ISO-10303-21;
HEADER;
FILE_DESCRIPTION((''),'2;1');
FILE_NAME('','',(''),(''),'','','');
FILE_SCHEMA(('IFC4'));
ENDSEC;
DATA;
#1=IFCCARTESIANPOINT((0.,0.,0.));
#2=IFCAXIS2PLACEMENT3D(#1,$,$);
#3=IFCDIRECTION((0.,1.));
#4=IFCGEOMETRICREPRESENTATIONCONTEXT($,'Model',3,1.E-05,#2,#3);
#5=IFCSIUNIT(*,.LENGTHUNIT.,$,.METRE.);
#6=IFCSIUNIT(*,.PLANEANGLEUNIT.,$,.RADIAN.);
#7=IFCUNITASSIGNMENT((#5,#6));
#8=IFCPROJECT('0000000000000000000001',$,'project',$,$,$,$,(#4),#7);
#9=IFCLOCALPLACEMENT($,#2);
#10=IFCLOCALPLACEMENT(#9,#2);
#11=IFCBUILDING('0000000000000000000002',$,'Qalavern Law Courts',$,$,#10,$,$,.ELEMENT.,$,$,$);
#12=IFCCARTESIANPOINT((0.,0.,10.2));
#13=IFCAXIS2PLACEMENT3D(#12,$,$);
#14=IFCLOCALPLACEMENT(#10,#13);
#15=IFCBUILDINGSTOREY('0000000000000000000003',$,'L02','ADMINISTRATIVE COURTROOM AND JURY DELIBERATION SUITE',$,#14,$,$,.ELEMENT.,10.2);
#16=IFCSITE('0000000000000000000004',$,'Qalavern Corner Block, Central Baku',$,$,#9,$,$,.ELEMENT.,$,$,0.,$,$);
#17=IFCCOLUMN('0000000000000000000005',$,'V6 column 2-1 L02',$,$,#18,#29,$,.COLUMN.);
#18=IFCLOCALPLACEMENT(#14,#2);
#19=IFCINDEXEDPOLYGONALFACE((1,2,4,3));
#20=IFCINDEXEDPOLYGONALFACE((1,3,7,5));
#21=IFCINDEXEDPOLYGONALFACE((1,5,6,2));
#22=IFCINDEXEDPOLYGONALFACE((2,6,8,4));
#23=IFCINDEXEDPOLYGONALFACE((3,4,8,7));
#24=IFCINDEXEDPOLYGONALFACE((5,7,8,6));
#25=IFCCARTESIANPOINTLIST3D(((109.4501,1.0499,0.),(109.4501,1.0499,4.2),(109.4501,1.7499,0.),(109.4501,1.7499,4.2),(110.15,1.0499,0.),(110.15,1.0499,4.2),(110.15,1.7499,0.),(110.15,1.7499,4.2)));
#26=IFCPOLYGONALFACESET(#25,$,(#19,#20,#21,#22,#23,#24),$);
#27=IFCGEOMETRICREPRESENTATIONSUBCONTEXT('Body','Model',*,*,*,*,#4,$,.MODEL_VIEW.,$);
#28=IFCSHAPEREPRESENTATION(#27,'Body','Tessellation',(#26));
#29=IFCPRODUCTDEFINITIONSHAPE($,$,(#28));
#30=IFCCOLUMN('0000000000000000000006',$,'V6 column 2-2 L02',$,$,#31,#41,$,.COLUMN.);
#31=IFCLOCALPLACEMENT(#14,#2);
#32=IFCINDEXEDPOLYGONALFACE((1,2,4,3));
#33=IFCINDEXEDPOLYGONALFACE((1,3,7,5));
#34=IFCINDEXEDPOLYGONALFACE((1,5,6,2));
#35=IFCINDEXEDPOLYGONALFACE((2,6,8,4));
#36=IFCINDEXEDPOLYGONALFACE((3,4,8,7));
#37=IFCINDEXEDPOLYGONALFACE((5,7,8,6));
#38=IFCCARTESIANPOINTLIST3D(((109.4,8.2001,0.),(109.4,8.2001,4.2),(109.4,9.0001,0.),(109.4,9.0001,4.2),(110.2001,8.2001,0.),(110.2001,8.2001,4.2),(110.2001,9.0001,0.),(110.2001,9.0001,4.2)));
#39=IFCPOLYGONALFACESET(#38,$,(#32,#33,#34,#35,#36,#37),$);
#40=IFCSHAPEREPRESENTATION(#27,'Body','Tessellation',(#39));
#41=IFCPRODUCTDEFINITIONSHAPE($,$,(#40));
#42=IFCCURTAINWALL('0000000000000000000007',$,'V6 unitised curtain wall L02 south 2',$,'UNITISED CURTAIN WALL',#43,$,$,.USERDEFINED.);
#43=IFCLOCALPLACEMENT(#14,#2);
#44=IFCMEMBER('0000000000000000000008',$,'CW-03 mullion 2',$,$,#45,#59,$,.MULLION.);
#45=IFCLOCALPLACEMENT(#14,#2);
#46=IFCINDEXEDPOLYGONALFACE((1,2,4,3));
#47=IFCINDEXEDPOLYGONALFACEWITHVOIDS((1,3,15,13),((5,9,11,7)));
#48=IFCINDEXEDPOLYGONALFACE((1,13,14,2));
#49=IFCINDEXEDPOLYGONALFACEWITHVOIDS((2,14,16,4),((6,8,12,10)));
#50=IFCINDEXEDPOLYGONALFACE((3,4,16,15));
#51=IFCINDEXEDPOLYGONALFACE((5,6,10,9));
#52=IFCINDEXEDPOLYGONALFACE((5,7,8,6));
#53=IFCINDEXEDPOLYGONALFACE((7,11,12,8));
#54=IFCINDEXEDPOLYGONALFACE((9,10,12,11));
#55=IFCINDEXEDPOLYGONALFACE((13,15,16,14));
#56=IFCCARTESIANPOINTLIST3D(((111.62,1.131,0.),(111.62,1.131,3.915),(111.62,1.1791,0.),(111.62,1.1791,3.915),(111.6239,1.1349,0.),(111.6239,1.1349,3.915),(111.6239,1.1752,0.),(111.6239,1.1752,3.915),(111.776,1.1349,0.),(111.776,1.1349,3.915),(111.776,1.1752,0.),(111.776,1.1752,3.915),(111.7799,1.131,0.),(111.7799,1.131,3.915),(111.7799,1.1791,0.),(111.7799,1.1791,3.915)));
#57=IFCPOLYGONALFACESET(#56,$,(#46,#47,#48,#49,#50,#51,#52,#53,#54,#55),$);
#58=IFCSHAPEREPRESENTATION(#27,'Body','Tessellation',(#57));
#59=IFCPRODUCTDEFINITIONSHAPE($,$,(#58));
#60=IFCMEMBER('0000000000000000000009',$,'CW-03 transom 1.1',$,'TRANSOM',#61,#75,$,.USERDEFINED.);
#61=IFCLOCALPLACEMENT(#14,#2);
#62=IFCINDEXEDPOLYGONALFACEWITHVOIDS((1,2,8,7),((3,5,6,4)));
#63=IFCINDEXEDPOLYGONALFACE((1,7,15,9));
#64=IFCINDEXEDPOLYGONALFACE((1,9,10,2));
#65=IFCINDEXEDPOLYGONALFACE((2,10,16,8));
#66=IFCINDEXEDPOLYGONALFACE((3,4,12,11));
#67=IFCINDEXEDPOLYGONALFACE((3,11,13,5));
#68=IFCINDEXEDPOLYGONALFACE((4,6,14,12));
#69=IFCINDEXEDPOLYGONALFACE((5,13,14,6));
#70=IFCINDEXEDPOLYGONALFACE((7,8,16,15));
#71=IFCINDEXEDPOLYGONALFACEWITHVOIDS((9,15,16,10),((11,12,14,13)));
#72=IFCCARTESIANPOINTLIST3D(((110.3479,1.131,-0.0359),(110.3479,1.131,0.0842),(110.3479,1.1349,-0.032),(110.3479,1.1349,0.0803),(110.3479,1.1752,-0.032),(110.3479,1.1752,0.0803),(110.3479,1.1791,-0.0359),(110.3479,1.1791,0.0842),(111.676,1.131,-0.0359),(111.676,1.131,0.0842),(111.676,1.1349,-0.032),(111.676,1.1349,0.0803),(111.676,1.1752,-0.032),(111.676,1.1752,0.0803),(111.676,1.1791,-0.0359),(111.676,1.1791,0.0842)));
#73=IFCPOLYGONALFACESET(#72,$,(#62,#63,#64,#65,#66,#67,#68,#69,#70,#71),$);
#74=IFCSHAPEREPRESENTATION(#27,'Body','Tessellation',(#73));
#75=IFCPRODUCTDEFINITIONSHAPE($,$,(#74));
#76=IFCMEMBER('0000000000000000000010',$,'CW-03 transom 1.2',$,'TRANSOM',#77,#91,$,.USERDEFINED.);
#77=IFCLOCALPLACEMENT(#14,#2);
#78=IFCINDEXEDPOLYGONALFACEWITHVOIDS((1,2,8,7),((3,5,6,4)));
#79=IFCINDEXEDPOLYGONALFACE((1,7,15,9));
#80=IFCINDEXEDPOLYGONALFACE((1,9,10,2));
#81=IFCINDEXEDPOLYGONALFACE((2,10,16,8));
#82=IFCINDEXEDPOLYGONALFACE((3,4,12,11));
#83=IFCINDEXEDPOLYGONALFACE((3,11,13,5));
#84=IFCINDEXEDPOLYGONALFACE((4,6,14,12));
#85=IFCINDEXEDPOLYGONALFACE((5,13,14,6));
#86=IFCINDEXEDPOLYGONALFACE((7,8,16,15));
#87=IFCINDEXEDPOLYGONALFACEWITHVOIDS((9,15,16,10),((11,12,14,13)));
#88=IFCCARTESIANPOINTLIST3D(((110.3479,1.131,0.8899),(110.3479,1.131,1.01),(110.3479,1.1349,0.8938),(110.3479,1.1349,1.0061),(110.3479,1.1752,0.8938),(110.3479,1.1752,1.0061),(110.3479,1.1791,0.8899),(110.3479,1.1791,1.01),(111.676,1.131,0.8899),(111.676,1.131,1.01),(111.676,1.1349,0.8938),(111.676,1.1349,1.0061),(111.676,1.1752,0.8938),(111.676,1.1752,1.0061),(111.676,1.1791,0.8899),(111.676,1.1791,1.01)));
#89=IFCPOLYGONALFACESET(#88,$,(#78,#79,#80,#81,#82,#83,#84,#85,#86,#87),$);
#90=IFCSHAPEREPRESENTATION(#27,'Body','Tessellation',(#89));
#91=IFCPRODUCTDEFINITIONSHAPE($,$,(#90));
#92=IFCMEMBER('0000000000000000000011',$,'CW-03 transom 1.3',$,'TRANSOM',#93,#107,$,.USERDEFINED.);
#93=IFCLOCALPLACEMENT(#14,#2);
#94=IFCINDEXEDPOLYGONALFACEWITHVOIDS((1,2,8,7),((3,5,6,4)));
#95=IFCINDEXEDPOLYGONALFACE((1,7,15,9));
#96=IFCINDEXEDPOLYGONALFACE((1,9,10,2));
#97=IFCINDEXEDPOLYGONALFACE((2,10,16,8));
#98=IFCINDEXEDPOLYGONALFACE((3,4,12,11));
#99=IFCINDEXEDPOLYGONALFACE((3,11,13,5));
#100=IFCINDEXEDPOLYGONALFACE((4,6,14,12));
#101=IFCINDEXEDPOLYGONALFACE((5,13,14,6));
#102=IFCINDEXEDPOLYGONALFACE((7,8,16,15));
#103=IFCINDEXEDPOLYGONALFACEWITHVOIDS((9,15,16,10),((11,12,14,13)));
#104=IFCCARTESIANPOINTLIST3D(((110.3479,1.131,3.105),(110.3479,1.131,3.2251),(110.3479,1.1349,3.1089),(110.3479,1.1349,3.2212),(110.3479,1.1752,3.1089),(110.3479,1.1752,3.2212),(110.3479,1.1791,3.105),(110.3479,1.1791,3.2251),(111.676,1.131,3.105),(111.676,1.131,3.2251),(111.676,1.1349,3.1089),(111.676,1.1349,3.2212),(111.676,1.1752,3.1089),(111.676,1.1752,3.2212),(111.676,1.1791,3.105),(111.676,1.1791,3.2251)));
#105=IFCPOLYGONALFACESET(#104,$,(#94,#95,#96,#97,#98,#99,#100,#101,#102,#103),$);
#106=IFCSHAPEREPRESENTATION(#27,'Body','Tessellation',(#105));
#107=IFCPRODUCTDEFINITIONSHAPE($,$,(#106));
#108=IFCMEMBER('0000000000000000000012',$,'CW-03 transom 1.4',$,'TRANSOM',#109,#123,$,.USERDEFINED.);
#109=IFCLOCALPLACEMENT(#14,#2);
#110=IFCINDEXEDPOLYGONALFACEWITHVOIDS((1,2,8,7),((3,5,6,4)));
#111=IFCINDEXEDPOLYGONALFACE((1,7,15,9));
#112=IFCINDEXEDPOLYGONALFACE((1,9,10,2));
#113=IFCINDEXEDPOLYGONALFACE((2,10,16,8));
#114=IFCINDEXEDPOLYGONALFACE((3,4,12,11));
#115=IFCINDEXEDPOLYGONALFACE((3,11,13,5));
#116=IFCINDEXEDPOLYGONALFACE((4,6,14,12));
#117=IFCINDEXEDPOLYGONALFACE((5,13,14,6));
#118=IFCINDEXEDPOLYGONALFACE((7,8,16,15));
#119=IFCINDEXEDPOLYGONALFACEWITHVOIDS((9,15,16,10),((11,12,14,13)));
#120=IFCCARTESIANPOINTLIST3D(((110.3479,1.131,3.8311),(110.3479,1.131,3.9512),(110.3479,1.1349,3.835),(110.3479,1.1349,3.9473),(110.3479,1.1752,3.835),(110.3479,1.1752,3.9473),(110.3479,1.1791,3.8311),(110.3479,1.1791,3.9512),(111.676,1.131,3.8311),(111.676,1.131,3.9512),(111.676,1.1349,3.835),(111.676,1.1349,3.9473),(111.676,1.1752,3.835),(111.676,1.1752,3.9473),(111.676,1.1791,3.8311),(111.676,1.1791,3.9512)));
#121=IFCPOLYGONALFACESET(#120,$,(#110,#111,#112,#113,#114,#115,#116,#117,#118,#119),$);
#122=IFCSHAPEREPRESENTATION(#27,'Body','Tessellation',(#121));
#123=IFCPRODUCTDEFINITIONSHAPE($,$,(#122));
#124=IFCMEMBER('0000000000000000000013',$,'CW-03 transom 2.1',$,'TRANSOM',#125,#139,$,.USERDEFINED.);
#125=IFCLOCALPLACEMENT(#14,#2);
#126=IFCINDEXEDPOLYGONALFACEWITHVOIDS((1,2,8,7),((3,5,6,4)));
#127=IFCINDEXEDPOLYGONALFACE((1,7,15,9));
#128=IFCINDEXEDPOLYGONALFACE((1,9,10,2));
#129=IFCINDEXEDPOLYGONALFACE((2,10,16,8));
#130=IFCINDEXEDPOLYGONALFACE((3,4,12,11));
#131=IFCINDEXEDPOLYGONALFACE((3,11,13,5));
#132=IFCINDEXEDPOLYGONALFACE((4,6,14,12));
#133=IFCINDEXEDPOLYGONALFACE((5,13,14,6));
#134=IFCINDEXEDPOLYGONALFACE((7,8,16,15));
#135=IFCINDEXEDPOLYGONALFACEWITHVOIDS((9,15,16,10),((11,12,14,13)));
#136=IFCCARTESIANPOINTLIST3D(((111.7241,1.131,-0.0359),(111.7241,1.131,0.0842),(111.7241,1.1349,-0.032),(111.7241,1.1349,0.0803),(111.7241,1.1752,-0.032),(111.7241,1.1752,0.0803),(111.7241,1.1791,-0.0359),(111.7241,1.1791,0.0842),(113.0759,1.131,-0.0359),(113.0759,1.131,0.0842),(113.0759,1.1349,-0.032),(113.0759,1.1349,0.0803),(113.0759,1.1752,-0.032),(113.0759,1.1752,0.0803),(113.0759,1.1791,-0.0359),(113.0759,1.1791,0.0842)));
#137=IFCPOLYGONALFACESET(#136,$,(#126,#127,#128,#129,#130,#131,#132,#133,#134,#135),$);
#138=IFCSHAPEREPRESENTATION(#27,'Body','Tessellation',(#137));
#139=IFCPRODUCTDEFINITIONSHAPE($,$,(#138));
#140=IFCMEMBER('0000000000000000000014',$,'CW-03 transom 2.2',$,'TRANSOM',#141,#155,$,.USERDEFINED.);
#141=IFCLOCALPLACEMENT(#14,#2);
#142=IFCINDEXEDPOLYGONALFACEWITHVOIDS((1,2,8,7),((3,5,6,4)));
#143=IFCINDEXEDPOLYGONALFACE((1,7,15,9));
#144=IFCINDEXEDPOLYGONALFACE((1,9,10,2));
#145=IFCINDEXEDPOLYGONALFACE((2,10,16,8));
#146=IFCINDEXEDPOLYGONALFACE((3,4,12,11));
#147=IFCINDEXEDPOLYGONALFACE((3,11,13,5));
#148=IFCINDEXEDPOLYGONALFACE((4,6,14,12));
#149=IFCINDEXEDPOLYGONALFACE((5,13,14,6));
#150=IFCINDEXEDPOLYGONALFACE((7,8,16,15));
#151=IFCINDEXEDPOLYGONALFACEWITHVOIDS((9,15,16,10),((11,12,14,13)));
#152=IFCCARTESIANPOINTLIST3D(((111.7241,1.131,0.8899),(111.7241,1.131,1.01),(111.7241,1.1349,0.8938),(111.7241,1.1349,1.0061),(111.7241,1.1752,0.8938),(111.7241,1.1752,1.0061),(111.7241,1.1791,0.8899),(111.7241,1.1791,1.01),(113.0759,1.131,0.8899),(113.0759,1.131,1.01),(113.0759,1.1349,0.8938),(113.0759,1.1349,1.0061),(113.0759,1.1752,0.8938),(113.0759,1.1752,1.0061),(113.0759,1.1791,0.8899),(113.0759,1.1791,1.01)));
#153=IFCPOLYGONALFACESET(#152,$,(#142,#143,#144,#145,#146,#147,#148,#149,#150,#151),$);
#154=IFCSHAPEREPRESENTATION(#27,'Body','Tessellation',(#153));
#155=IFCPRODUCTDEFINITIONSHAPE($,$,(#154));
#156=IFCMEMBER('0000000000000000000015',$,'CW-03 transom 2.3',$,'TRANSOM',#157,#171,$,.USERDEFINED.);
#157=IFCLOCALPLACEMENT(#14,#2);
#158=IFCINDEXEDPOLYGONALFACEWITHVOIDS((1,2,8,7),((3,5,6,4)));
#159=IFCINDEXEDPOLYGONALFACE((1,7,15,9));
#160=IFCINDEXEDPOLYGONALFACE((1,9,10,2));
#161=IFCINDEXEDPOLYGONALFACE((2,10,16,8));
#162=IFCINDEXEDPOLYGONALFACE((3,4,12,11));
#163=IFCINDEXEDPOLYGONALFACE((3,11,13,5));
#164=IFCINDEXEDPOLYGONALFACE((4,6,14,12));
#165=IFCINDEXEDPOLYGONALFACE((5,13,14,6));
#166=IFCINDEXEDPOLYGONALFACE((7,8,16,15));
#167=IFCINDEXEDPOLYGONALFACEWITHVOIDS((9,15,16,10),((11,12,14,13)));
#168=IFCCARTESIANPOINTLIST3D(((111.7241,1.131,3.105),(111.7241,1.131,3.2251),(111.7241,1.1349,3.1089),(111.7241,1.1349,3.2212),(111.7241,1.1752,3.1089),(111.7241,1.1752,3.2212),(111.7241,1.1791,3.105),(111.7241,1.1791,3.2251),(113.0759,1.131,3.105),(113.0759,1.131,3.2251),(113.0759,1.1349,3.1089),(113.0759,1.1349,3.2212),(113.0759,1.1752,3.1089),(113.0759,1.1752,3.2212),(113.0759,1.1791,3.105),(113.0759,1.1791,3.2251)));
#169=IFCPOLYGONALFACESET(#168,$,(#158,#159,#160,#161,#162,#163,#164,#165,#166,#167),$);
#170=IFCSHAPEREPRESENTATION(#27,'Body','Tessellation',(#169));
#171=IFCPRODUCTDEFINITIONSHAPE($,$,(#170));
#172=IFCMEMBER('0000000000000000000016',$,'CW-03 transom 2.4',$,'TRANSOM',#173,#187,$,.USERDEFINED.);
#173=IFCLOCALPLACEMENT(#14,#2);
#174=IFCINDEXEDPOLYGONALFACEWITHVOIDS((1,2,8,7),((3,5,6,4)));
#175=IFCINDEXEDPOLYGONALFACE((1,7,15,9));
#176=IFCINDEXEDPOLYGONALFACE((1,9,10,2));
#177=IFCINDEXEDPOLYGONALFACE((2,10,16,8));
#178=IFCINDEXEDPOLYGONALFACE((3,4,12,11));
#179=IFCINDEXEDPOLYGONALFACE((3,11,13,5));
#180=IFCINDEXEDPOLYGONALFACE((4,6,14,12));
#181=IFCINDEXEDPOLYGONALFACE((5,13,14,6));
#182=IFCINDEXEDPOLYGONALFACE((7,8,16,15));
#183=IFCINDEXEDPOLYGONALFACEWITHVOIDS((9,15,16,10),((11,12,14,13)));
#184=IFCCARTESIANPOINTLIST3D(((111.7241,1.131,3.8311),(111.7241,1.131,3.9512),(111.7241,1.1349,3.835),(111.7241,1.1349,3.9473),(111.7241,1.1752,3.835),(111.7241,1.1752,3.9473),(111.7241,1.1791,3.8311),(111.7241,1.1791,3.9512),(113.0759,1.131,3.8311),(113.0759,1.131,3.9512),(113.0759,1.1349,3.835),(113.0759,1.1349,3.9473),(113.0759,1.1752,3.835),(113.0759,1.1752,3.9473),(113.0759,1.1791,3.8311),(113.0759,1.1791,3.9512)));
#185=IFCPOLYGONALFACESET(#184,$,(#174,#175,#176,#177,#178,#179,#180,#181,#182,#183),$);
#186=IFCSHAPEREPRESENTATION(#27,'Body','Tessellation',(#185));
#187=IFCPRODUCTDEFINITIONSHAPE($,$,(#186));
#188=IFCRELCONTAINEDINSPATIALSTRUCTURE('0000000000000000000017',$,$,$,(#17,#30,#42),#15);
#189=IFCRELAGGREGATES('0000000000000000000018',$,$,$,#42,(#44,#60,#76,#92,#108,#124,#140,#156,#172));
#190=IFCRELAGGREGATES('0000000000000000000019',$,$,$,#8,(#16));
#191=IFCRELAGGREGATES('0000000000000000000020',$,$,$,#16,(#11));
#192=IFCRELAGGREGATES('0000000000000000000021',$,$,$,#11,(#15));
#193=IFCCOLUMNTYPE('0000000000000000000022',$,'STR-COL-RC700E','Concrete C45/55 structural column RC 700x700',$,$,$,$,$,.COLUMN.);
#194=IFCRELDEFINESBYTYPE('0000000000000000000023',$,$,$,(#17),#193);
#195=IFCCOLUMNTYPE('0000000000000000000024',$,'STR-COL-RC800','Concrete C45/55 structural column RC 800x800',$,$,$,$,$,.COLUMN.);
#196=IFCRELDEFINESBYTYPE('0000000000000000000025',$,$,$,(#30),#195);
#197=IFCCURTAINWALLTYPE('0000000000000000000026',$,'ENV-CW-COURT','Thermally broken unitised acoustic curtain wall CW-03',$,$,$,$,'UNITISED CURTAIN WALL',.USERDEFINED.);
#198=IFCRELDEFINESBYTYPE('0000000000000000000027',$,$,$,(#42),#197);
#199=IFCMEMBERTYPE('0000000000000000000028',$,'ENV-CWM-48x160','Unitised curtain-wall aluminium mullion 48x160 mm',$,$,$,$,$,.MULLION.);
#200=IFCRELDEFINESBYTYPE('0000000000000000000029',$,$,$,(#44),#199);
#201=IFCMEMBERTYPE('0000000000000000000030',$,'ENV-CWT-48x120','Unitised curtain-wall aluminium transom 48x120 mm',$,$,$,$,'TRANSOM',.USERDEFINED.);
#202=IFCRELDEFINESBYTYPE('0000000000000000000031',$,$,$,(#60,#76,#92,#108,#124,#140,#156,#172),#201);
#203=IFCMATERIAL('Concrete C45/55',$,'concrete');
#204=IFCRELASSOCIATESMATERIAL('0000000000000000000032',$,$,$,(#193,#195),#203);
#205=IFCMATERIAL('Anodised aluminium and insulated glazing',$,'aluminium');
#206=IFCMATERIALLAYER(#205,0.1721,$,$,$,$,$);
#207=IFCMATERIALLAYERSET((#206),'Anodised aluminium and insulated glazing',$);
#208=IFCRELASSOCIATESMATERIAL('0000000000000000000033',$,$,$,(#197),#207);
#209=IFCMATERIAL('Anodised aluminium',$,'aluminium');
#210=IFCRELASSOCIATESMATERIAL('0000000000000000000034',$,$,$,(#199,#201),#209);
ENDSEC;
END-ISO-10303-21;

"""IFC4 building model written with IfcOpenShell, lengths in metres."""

from ifc_helpers import new_model, si_unit, direction, frame, origin, origin_2d, place, context, subcontext, project, spatial, rectangle, hollow_rectangle, extrude, material, layer, layer_set, material_profile, profile_set, type_object, element, aggregate, save


model = new_model("IFC4")

# Units and contexts
model_context = context("Model", 3, precision=1e-05, world=origin(), true_north=direction((0.0, 1.0)))
body_context = subcontext(model_context, "Body", "Model", "MODEL_VIEW")
ifc_project = project(units=[si_unit("LENGTHUNIT", "METRE"), si_unit("PLANEANGLEUNIT", "RADIAN")], contexts=[model_context])

# Site, building, storey
site_placement = place(None, origin())
site = spatial("IfcSite", under=ifc_project, at=site_placement, Name="Qalavern Corner Block, Central Baku", CompositionType="ELEMENT", RefElevation=0.0)
building_placement = place(site_placement, origin())
building = spatial("IfcBuilding", under=site, at=building_placement, Name="Qalavern Law Courts", CompositionType="ELEMENT")
storey_placement = place(building_placement, frame((0.0, 0.0, 10.2)))
storey = spatial("IfcBuildingStorey", under=building, at=storey_placement, Name="L02", Description="ADMINISTRATIVE COURTROOM AND JURY DELIBERATION SUITE", CompositionType="ELEMENT", Elevation=10.2)

# Columns
ifc_material_1 = material(Name="Concrete C45/55", Category="concrete")
ifc_material_profile_1 = material_profile(ifc_material_1, rectangle(XDim=0.7, YDim=0.7, at=origin_2d()), Name="RC 700x700")
ifc_profile_set_1 = profile_set([ifc_material_profile_1], Name="Concrete C45/55")
column_type_1 = type_object("IfcColumnType", Name="STR-COL-RC700E", Description="Concrete C45/55 structural column RC 700x700", PredefinedType="COLUMN", material=ifc_profile_set_1)
column_1_placement = place(storey_placement, frame((109.8, 1.3999, 0.0), z_axis=(0.0, 0.0, 1.0), x_axis=(1.0, 0.0, 0.0)))
element("IfcColumn", 1, at=column_1_placement, inside=storey, type_object=column_type_1, Name="V6 column 2-1 L02", PredefinedType="COLUMN", context=body_context, shape_type="SweptSolid", body=[
    extrude(rectangle(XDim=0.7, YDim=0.7, at=origin_2d()), origin(), (0.0, 0.0, 1.0), 4.2),
])
ifc_material_profile_2 = material_profile(ifc_material_1, rectangle(XDim=0.8, YDim=0.8, at=origin_2d()), Name="RC 800x800")
ifc_profile_set_2 = profile_set([ifc_material_profile_2], Name="Concrete C45/55")
column_type_2 = type_object("IfcColumnType", Name="STR-COL-RC800", Description="Concrete C45/55 structural column RC 800x800", PredefinedType="COLUMN", material=ifc_profile_set_2)
column_2_placement = place(storey_placement, frame((109.8, 8.6001, 0.0), z_axis=(0.0, 0.0, 1.0), x_axis=(1.0, 0.0, 0.0)))
element("IfcColumn", 2, at=column_2_placement, inside=storey, type_object=column_type_2, Name="V6 column 2-2 L02", PredefinedType="COLUMN", context=body_context, shape_type="SweptSolid", body=[
    extrude(rectangle(XDim=0.8, YDim=0.8, at=origin_2d()), origin(), (0.0, 0.0, 1.0), 4.2),
])

# Curtain wall, members
ifc_material_2 = material(Name="Anodised aluminium and insulated glazing", Category="aluminium")
ifc_layer_1 = layer(ifc_material_2, 0.1721)
ifc_layer_set_1 = layer_set([ifc_layer_1], Name="Anodised aluminium and insulated glazing")
curtain_wall_type = type_object("IfcCurtainWallType", Name="ENV-CW-COURT", Description="Thermally broken unitised acoustic curtain wall CW-03", ElementType="UNITISED CURTAIN WALL", PredefinedType="USERDEFINED", material=ifc_layer_set_1)
curtain_wall_placement = place(storey_placement, origin())
curtain_wall = element("IfcCurtainWall", 3, at=curtain_wall_placement, inside=storey, type_object=curtain_wall_type, Name="V6 unitised curtain wall L02 south 2", ObjectType="UNITISED CURTAIN WALL", PredefinedType="USERDEFINED")
ifc_material_3 = material(Name="Anodised aluminium", Category="aluminium")
ifc_material_profile_3 = material_profile(ifc_material_3, hollow_rectangle(XDim=0.0481, YDim=0.1599, WallThickness=0.0039, at=origin_2d()), Name="ALU MULLION 48x160")
ifc_profile_set_3 = profile_set([ifc_material_profile_3], Name="Anodised aluminium")
member_type_1 = type_object("IfcMemberType", Name="ENV-CWM-48x160", Description="Unitised curtain-wall aluminium mullion 48x160 mm", PredefinedType="MULLION", material=ifc_profile_set_3)
member_1_placement = place(storey_placement, frame((111.7, 1.155, 0.0), z_axis=(0.0, 0.0, 1.0), x_axis=(0.0, 1.0, 0.0)))
member_1 = element("IfcMember", 4, at=member_1_placement, type_object=member_type_1, Name="CW-03 mullion 2", PredefinedType="MULLION", context=body_context, shape_type="SweptSolid", body=[
    extrude(hollow_rectangle(XDim=0.0481, YDim=0.1599, WallThickness=0.0039, at=origin_2d()), origin(), (0.0, 0.0, 1.0), 3.915),
])
ifc_material_profile_4 = material_profile(ifc_material_3, hollow_rectangle(XDim=0.0481, YDim=0.1201, WallThickness=0.0039, at=origin_2d()), Name="ALU TRANSOM 48x120")
ifc_profile_set_4 = profile_set([ifc_material_profile_4], Name="Anodised aluminium")
member_type_2 = type_object("IfcMemberType", Name="ENV-CWT-48x120", Description="Unitised curtain-wall aluminium transom 48x120 mm", ElementType="TRANSOM", PredefinedType="USERDEFINED", material=ifc_profile_set_4)
member_2_placement = place(storey_placement, frame((110.3479, 1.155, 0.0242), z_axis=(1.0, 0.0, 0.0), x_axis=(0.0, 1.0, 0.0)))
member_2 = element("IfcMember", 5, at=member_2_placement, type_object=member_type_2, Name="CW-03 transom 1.1", ObjectType="TRANSOM", PredefinedType="USERDEFINED", context=body_context, shape_type="SweptSolid", body=[
    extrude(hollow_rectangle(XDim=0.0481, YDim=0.1201, WallThickness=0.0039, at=origin_2d()), origin(), (0.0, 0.0, 1.0), 1.3281),
])
member_3_placement = place(storey_placement, frame((110.3479, 1.155, 0.95), z_axis=(1.0, 0.0, 0.0), x_axis=(0.0, 1.0, 0.0)))
member_3 = element("IfcMember", 6, at=member_3_placement, type_object=member_type_2, Name="CW-03 transom 1.2", ObjectType="TRANSOM", PredefinedType="USERDEFINED", context=body_context, shape_type="SweptSolid", body=[
    extrude(hollow_rectangle(XDim=0.0481, YDim=0.1201, WallThickness=0.0039, at=origin_2d()), origin(), (0.0, 0.0, 1.0), 1.3281),
])
member_4_placement = place(storey_placement, frame((110.3479, 1.155, 3.165), z_axis=(1.0, 0.0, 0.0), x_axis=(0.0, 1.0, 0.0)))
member_4 = element("IfcMember", 7, at=member_4_placement, type_object=member_type_2, Name="CW-03 transom 1.3", ObjectType="TRANSOM", PredefinedType="USERDEFINED", context=body_context, shape_type="SweptSolid", body=[
    extrude(hollow_rectangle(XDim=0.0481, YDim=0.1201, WallThickness=0.0039, at=origin_2d()), origin(), (0.0, 0.0, 1.0), 1.3281),
])
member_5_placement = place(storey_placement, frame((110.3479, 1.155, 3.8911), z_axis=(1.0, 0.0, 0.0), x_axis=(0.0, 1.0, 0.0)))
member_5 = element("IfcMember", 8, at=member_5_placement, type_object=member_type_2, Name="CW-03 transom 1.4", ObjectType="TRANSOM", PredefinedType="USERDEFINED", context=body_context, shape_type="SweptSolid", body=[
    extrude(hollow_rectangle(XDim=0.0481, YDim=0.1201, WallThickness=0.0039, at=origin_2d()), origin(), (0.0, 0.0, 1.0), 1.3281),
])
member_6_placement = place(storey_placement, frame((111.7241, 1.155, 0.0242), z_axis=(1.0, 0.0, 0.0), x_axis=(0.0, 1.0, 0.0)))
member_6 = element("IfcMember", 9, at=member_6_placement, type_object=member_type_2, Name="CW-03 transom 2.1", ObjectType="TRANSOM", PredefinedType="USERDEFINED", context=body_context, shape_type="SweptSolid", body=[
    extrude(hollow_rectangle(XDim=0.0481, YDim=0.1201, WallThickness=0.0039, at=origin_2d()), origin(), (0.0, 0.0, 1.0), 1.3518),
])
member_7_placement = place(storey_placement, frame((111.7241, 1.155, 0.95), z_axis=(1.0, 0.0, 0.0), x_axis=(0.0, 1.0, 0.0)))
member_7 = element("IfcMember", 10, at=member_7_placement, type_object=member_type_2, Name="CW-03 transom 2.2", ObjectType="TRANSOM", PredefinedType="USERDEFINED", context=body_context, shape_type="SweptSolid", body=[
    extrude(hollow_rectangle(XDim=0.0481, YDim=0.1201, WallThickness=0.0039, at=origin_2d()), origin(), (0.0, 0.0, 1.0), 1.3518),
])
member_8_placement = place(storey_placement, frame((111.7241, 1.155, 3.165), z_axis=(1.0, 0.0, 0.0), x_axis=(0.0, 1.0, 0.0)))
member_8 = element("IfcMember", 11, at=member_8_placement, type_object=member_type_2, Name="CW-03 transom 2.3", ObjectType="TRANSOM", PredefinedType="USERDEFINED", context=body_context, shape_type="SweptSolid", body=[
    extrude(hollow_rectangle(XDim=0.0481, YDim=0.1201, WallThickness=0.0039, at=origin_2d()), origin(), (0.0, 0.0, 1.0), 1.3518),
])
member_9_placement = place(storey_placement, frame((111.7241, 1.155, 3.8911), z_axis=(1.0, 0.0, 0.0), x_axis=(0.0, 1.0, 0.0)))
member_9 = element("IfcMember", 12, at=member_9_placement, type_object=member_type_2, Name="CW-03 transom 2.4", ObjectType="TRANSOM", PredefinedType="USERDEFINED", context=body_context, shape_type="SweptSolid", body=[
    extrude(hollow_rectangle(XDim=0.0481, YDim=0.1201, WallThickness=0.0039, at=origin_2d()), origin(), (0.0, 0.0, 1.0), 1.3518),
])

aggregate(curtain_wall, [member_1, member_2, member_3, member_4, member_5, member_6, member_7, member_8, member_9])

save(model, "model.ifc")
